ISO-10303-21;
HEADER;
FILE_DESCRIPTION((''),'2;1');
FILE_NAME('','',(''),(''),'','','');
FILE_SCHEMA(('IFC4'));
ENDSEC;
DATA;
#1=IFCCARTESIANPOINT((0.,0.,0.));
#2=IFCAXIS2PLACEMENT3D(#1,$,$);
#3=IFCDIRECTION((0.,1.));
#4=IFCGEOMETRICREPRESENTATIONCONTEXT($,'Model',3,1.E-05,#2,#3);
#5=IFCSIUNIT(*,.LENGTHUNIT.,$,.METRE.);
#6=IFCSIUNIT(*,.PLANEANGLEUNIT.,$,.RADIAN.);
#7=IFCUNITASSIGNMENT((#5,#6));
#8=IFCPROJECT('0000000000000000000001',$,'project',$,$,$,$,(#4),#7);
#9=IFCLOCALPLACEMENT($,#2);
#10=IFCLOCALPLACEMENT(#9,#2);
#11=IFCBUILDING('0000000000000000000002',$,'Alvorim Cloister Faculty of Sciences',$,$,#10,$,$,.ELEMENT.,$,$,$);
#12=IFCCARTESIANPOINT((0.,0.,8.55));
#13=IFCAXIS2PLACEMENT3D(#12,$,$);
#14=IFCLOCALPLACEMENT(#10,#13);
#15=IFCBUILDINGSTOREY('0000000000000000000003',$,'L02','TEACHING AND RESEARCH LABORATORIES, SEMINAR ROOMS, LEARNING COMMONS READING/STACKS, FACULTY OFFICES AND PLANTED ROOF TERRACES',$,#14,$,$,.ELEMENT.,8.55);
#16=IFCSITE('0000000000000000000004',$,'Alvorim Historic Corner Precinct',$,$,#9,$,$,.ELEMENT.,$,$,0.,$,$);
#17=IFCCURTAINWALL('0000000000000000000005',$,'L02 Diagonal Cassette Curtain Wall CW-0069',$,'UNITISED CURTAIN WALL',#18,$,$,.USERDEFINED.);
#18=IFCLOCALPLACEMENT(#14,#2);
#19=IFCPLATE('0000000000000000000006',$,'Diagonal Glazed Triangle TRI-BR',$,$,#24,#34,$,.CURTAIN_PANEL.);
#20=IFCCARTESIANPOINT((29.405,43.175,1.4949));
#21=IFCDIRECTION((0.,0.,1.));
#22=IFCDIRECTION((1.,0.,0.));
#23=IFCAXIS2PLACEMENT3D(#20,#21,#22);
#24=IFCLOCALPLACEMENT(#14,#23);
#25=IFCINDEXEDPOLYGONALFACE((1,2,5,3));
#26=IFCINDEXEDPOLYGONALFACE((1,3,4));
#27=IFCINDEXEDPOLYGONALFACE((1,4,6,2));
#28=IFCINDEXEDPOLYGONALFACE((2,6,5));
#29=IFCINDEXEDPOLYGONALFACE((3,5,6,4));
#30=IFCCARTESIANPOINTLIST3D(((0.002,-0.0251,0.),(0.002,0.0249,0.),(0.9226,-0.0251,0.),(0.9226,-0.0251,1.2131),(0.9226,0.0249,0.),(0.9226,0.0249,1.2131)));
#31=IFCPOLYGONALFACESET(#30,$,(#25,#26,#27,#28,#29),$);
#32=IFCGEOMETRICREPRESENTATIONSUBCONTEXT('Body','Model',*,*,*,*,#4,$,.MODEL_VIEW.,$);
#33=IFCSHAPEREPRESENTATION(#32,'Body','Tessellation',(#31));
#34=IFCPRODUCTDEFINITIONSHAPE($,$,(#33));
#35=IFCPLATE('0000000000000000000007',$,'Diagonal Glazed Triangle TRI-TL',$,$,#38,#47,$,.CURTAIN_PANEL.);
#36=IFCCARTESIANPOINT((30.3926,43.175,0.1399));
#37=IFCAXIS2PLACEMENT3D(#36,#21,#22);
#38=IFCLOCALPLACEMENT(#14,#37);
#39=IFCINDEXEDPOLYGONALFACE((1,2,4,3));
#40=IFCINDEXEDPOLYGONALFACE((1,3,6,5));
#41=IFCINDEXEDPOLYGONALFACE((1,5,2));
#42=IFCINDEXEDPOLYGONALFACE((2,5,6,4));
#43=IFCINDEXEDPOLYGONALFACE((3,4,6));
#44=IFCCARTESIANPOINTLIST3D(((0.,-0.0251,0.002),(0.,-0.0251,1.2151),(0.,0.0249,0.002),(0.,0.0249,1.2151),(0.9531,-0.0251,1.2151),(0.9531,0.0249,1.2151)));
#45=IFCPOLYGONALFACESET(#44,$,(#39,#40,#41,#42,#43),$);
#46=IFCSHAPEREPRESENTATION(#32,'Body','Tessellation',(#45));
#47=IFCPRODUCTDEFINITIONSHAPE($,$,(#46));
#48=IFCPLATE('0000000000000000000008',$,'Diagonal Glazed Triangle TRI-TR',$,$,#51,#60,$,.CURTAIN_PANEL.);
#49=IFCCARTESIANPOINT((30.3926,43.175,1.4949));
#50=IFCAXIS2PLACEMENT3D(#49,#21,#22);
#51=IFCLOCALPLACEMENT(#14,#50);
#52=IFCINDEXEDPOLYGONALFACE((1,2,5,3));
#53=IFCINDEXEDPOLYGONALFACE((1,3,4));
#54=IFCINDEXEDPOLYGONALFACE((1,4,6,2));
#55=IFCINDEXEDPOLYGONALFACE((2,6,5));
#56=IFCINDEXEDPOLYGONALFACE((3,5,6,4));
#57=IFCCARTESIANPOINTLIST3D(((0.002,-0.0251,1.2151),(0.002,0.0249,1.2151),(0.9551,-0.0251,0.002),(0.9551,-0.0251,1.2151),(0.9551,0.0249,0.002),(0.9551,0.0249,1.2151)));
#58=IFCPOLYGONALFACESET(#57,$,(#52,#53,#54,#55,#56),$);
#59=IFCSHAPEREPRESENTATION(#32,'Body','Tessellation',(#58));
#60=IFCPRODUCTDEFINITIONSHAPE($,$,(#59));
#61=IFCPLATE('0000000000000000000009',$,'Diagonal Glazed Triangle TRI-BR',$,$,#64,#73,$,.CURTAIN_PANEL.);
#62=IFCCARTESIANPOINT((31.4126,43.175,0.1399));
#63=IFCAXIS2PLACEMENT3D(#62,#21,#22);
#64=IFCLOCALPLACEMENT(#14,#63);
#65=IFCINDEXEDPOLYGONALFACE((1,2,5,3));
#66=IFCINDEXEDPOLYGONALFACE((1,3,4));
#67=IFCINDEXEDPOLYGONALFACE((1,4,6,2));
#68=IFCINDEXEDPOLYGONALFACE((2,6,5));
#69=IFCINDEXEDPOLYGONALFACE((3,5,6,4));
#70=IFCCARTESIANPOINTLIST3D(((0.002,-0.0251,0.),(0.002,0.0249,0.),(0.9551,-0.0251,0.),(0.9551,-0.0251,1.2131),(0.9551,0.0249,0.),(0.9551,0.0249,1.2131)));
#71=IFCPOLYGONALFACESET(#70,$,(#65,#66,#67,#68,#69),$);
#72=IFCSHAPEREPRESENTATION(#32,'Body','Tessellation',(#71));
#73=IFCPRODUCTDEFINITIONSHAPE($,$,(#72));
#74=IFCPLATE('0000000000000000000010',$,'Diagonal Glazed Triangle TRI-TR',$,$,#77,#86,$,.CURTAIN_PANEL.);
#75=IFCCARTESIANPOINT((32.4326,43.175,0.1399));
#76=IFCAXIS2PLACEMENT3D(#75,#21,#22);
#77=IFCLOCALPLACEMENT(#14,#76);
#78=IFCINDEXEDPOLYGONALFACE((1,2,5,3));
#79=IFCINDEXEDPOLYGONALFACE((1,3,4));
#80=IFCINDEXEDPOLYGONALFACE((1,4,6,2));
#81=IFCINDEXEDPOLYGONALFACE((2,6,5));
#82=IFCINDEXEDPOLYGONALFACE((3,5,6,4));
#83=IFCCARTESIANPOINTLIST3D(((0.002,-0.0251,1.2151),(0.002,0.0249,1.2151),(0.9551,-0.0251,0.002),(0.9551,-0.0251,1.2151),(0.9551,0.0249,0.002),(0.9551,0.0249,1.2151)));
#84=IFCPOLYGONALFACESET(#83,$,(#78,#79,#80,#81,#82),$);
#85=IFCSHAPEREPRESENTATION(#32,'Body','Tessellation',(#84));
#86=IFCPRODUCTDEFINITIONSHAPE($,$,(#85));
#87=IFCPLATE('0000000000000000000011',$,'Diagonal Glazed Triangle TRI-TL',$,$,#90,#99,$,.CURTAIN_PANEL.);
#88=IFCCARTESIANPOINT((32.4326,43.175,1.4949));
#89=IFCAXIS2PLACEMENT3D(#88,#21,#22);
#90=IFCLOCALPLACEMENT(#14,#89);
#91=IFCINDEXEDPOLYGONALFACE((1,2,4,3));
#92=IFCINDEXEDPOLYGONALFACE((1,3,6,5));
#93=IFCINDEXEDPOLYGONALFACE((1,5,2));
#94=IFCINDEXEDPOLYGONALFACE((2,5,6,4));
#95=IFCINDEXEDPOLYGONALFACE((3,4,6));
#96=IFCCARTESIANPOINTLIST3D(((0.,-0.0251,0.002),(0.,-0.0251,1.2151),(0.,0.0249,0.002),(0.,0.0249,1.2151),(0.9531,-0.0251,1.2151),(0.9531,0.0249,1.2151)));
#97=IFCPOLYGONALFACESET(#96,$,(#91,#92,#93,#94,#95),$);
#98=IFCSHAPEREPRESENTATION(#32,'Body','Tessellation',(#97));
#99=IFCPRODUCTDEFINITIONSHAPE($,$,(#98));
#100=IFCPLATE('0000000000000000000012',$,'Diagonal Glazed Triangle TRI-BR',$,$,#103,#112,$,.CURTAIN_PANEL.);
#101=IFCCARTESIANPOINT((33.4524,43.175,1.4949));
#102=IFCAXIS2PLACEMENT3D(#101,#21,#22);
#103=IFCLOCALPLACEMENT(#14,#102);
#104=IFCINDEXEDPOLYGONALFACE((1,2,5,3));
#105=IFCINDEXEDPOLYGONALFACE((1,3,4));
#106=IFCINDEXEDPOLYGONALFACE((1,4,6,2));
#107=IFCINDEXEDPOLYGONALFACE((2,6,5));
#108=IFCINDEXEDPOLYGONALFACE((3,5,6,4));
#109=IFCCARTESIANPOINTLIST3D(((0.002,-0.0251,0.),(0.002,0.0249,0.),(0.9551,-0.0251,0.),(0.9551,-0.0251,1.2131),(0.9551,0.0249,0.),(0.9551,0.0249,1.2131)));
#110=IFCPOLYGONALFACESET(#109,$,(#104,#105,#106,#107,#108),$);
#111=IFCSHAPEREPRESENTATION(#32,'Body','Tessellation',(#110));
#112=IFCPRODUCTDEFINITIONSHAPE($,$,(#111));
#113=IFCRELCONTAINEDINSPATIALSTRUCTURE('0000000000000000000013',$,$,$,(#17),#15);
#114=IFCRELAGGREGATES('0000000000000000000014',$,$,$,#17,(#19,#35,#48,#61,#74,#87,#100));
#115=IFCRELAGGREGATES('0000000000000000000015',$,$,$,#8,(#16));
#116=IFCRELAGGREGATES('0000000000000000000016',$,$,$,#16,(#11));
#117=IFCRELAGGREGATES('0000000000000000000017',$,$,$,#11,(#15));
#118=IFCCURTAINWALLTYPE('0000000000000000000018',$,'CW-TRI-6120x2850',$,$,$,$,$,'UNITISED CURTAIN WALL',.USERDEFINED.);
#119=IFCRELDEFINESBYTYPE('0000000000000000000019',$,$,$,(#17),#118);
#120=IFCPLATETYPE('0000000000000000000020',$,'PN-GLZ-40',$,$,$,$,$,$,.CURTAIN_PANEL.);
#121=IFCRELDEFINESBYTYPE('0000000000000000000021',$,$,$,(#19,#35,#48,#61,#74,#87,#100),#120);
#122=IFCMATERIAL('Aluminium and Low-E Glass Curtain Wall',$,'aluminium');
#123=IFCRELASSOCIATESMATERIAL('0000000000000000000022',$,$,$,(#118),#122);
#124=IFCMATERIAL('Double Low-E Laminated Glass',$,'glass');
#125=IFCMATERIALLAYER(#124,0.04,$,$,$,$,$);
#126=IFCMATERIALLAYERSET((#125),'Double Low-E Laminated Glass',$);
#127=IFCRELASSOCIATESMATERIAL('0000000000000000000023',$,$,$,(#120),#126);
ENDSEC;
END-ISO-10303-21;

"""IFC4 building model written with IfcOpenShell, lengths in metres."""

from ifc_helpers import new_model, si_unit, direction, frame, origin, place, context, subcontext, project, spatial, polyline, outline, extrude, material, layer, layer_set, type_object, element, aggregate, save


model = new_model("IFC4")

# Units and contexts
model_context = context("Model", 3, precision=1e-05, world=origin(), true_north=direction((0.0, 1.0)))
body_context = subcontext(model_context, "Body", "Model", "MODEL_VIEW")
ifc_project = project(units=[si_unit("LENGTHUNIT", "METRE"), si_unit("PLANEANGLEUNIT", "RADIAN")], contexts=[model_context])

# Site, building, storey
site_placement = place(None, origin())
site = spatial("IfcSite", under=ifc_project, at=site_placement, Name="Alvorim Historic Corner Precinct", CompositionType="ELEMENT", RefElevation=0.0)
building_placement = place(site_placement, origin())
building = spatial("IfcBuilding", under=site, at=building_placement, Name="Alvorim Cloister Faculty of Sciences", CompositionType="ELEMENT")
storey_placement = place(building_placement, frame((0.0, 0.0, 8.55)))
storey = spatial("IfcBuildingStorey", under=building, at=storey_placement, Name="L02", Description="TEACHING AND RESEARCH LABORATORIES, SEMINAR ROOMS, LEARNING COMMONS READING/STACKS, FACULTY OFFICES AND PLANTED ROOF TERRACES", CompositionType="ELEMENT", Elevation=8.55)

# Curtain wall, plates
ifc_material_1 = material(Name="Aluminium and Low-E Glass Curtain Wall", Category="aluminium")
curtain_wall_type = type_object("IfcCurtainWallType", Name="CW-TRI-6120x2850", ElementType="UNITISED CURTAIN WALL", PredefinedType="USERDEFINED", material=ifc_material_1)
curtain_wall_placement = place(storey_placement, origin())
curtain_wall = element("IfcCurtainWall", 1, at=curtain_wall_placement, inside=storey, type_object=curtain_wall_type, Name="L02 Diagonal Cassette Curtain Wall CW-0069", ObjectType="UNITISED CURTAIN WALL", PredefinedType="USERDEFINED")
ifc_material_2 = material(Name="Double Low-E Laminated Glass", Category="glass")
ifc_layer = layer(ifc_material_2, 0.04)
ifc_layer_set = layer_set([ifc_layer], Name="Double Low-E Laminated Glass")
plate_type = type_object("IfcPlateType", Name="PN-GLZ-40", PredefinedType="CURTAIN_PANEL", material=ifc_layer_set)
plate_1_placement = place(storey_placement, frame((29.405, 43.175, 1.4949), z_axis=(0.0, 0.0, 1.0), x_axis=(1.0, 0.0, 0.0)))
plate_1 = element("IfcPlate", 2, at=plate_1_placement, type_object=plate_type, Name="Diagonal Glazed Triangle TRI-BR", PredefinedType="CURTAIN_PANEL", context=body_context, shape_type="SweptSolid", body=[
    extrude(outline(polyline([(0.002, 0.0), (0.9226, 0.0), (0.9226, 1.2131), (0.002, 0.0)])), frame((0.0, 0.0249, 0.0), z_axis=(0.0, -1.0, 0.0), x_axis=(1.0, 0.0, 0.0)), (0.0, 0.0, 1.0), 0.05),
])
plate_2_placement = place(storey_placement, frame((30.3926, 43.175, 0.1399), z_axis=(0.0, 0.0, 1.0), x_axis=(1.0, 0.0, 0.0)))
plate_2 = element("IfcPlate", 3, at=plate_2_placement, type_object=plate_type, Name="Diagonal Glazed Triangle TRI-TL", PredefinedType="CURTAIN_PANEL", context=body_context, shape_type="SweptSolid", body=[
    extrude(outline(polyline([(0.9531, 1.2151), (0.0, 1.2151), (0.0, 0.002), (0.9531, 1.2151)])), frame((0.0, 0.0249, 0.0), z_axis=(0.0, -1.0, 0.0), x_axis=(1.0, 0.0, 0.0)), (0.0, 0.0, 1.0), 0.05),
])
plate_3_placement = place(storey_placement, frame((30.3926, 43.175, 1.4949), z_axis=(0.0, 0.0, 1.0), x_axis=(1.0, 0.0, 0.0)))
plate_3 = element("IfcPlate", 4, at=plate_3_placement, type_object=plate_type, Name="Diagonal Glazed Triangle TRI-TR", PredefinedType="CURTAIN_PANEL", context=body_context, shape_type="SweptSolid", body=[
    extrude(outline(polyline([(0.9551, 0.002), (0.9551, 1.2151), (0.002, 1.2151), (0.9551, 0.002)])), frame((0.0, 0.0249, 0.0), z_axis=(0.0, -1.0, 0.0), x_axis=(1.0, 0.0, 0.0)), (0.0, 0.0, 1.0), 0.05),
])
plate_4_placement = place(storey_placement, frame((31.4126, 43.175, 0.1399), z_axis=(0.0, 0.0, 1.0), x_axis=(1.0, 0.0, 0.0)))
plate_4 = element("IfcPlate", 5, at=plate_4_placement, type_object=plate_type, Name="Diagonal Glazed Triangle TRI-BR", PredefinedType="CURTAIN_PANEL", context=body_context, shape_type="SweptSolid", body=[
    extrude(outline(polyline([(0.002, 0.0), (0.9551, 0.0), (0.9551, 1.2131), (0.002, 0.0)])), frame((0.0, 0.0249, 0.0), z_axis=(0.0, -1.0, 0.0), x_axis=(1.0, 0.0, 0.0)), (0.0, 0.0, 1.0), 0.05),
])
plate_5_placement = place(storey_placement, frame((32.4326, 43.175, 0.1399), z_axis=(0.0, 0.0, 1.0), x_axis=(1.0, 0.0, 0.0)))
plate_5 = element("IfcPlate", 6, at=plate_5_placement, type_object=plate_type, Name="Diagonal Glazed Triangle TRI-TR", PredefinedType="CURTAIN_PANEL", context=body_context, shape_type="SweptSolid", body=[
    extrude(outline(polyline([(0.9551, 0.002), (0.9551, 1.2151), (0.002, 1.2151), (0.9551, 0.002)])), frame((0.0, 0.0249, 0.0), z_axis=(0.0, -1.0, 0.0), x_axis=(1.0, 0.0, 0.0)), (0.0, 0.0, 1.0), 0.05),
])
plate_6_placement = place(storey_placement, frame((32.4326, 43.175, 1.4949), z_axis=(0.0, 0.0, 1.0), x_axis=(1.0, 0.0, 0.0)))
plate_6 = element("IfcPlate", 7, at=plate_6_placement, type_object=plate_type, Name="Diagonal Glazed Triangle TRI-TL", PredefinedType="CURTAIN_PANEL", context=body_context, shape_type="SweptSolid", body=[
    extrude(outline(polyline([(0.9531, 1.2151), (0.0, 1.2151), (0.0, 0.002), (0.9531, 1.2151)])), frame((0.0, 0.0249, 0.0), z_axis=(0.0, -1.0, 0.0), x_axis=(1.0, 0.0, 0.0)), (0.0, 0.0, 1.0), 0.05),
])
plate_7_placement = place(storey_placement, frame((33.4524, 43.175, 1.4949), z_axis=(0.0, 0.0, 1.0), x_axis=(1.0, 0.0, 0.0)))
plate_7 = element("IfcPlate", 8, at=plate_7_placement, type_object=plate_type, Name="Diagonal Glazed Triangle TRI-BR", PredefinedType="CURTAIN_PANEL", context=body_context, shape_type="SweptSolid", body=[
    extrude(outline(polyline([(0.002, 0.0), (0.9551, 0.0), (0.9551, 1.2131), (0.002, 0.0)])), frame((0.0, 0.0249, 0.0), z_axis=(0.0, -1.0, 0.0), x_axis=(1.0, 0.0, 0.0)), (0.0, 0.0, 1.0), 0.05),
])
aggregate(curtain_wall, [plate_1, plate_2, plate_3, plate_4, plate_5, plate_6, plate_7])

save(model, "model.ifc")
